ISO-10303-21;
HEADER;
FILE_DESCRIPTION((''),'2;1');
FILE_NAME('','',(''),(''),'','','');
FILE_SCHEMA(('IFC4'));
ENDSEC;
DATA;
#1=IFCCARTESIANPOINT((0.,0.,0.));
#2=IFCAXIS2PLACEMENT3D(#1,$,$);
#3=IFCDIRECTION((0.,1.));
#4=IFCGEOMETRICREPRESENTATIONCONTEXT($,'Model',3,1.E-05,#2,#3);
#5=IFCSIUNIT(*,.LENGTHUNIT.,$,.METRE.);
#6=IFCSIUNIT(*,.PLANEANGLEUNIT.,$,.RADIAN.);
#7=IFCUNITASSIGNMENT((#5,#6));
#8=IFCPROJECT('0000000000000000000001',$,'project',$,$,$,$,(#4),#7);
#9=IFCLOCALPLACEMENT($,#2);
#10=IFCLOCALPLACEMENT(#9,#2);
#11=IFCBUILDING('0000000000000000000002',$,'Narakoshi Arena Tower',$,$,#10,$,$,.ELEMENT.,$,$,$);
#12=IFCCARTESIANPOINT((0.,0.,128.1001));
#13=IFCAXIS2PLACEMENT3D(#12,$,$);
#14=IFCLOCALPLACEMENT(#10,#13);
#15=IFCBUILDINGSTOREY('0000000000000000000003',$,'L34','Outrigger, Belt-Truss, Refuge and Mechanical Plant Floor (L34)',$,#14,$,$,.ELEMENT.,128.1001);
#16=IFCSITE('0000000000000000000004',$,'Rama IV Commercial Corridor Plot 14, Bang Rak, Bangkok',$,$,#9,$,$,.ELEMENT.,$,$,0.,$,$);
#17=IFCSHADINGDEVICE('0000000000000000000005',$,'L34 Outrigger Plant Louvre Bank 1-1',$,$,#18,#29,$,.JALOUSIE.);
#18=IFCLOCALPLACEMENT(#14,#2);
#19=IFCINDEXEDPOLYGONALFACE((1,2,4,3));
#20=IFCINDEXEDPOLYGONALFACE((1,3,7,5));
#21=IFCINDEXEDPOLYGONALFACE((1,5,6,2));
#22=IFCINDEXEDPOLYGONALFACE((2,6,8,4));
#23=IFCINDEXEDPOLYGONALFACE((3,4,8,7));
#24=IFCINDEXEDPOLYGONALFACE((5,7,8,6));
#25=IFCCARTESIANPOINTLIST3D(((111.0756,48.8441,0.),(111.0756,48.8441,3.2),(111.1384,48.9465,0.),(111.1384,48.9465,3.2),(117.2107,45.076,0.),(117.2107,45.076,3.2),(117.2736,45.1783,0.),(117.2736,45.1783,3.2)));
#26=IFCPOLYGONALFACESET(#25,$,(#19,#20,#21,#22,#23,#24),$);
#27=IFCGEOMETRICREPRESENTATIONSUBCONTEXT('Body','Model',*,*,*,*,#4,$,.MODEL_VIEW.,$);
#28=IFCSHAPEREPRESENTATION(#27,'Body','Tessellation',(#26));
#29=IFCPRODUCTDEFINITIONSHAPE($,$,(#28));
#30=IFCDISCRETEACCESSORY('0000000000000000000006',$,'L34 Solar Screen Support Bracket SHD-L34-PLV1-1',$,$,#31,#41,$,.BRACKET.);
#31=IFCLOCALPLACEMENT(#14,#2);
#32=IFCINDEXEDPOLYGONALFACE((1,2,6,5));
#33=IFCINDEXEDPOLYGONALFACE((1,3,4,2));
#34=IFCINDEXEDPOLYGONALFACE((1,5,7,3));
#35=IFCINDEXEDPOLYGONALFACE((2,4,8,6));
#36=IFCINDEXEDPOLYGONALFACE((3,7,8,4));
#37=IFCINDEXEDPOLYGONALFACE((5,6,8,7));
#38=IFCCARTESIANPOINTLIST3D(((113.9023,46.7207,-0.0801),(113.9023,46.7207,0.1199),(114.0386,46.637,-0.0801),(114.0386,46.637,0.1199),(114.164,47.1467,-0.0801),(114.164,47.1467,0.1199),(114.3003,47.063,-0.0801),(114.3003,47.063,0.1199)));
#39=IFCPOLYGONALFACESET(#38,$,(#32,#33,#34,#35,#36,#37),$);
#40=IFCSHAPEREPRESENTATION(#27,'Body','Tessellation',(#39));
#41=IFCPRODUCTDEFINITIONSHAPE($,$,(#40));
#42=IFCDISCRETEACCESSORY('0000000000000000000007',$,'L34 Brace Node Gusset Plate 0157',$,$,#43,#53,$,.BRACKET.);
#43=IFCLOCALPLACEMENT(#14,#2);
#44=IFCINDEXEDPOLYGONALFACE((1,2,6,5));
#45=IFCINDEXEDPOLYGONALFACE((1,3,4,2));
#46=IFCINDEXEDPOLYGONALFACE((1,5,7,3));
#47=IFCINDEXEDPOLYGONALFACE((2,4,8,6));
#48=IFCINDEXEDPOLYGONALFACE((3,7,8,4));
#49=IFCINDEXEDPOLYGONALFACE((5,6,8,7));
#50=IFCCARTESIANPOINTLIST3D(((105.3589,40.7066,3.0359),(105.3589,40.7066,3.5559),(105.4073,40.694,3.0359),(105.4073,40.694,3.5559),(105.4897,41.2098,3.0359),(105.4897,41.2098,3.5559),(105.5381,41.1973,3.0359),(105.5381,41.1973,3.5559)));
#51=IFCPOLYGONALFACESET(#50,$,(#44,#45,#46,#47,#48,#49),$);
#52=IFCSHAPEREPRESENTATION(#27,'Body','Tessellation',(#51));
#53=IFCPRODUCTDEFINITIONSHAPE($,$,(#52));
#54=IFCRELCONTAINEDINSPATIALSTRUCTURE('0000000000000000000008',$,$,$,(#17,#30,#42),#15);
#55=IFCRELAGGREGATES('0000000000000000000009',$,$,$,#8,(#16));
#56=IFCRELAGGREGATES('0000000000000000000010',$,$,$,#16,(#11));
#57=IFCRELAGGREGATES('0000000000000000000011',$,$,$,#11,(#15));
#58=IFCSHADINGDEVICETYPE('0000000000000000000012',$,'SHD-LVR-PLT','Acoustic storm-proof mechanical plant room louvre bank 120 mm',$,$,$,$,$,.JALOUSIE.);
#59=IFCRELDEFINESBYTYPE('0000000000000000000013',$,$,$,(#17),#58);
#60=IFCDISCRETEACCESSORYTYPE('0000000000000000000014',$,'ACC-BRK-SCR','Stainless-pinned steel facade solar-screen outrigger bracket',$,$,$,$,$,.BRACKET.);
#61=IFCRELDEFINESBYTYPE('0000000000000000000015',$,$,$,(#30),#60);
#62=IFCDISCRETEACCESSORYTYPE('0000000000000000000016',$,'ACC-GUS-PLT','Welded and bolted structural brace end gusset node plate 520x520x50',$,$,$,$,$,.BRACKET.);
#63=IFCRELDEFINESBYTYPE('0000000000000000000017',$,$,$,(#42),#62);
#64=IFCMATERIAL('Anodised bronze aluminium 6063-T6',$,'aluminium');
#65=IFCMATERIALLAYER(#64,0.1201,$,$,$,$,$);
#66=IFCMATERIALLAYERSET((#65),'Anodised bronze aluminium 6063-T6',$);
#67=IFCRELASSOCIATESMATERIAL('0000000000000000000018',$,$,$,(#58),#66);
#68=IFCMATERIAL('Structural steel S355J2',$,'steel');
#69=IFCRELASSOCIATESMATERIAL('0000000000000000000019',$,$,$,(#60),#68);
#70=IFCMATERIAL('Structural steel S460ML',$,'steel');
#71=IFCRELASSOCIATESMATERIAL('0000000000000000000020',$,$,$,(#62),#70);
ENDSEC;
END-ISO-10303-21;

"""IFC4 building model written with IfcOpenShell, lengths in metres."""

from ifc_helpers import new_model, si_unit, direction, frame, origin, origin_2d, place, context, subcontext, project, spatial, rectangle, extrude, material, layer, layer_set, type_object, element, save


model = new_model("IFC4")

# Units and contexts
model_context = context("Model", 3, precision=1e-05, world=origin(), true_north=direction((0.0, 1.0)))
body_context = subcontext(model_context, "Body", "Model", "MODEL_VIEW")
ifc_project = project(units=[si_unit("LENGTHUNIT", "METRE"), si_unit("PLANEANGLEUNIT", "RADIAN")], contexts=[model_context])

# Site, building, storey
site_placement = place(None, origin())
site = spatial("IfcSite", under=ifc_project, at=site_placement, Name="Rama IV Commercial Corridor Plot 14, Bang Rak, Bangkok", CompositionType="ELEMENT", RefElevation=0.0)
building_placement = place(site_placement, origin())
building = spatial("IfcBuilding", under=site, at=building_placement, Name="Narakoshi Arena Tower", CompositionType="ELEMENT")
storey_placement = place(building_placement, frame((0.0, 0.0, 128.1001)))
storey = spatial("IfcBuildingStorey", under=building, at=storey_placement, Name="L34", Description="Outrigger, Belt-Truss, Refuge and Mechanical Plant Floor (L34)", CompositionType="ELEMENT", Elevation=128.1001)

# Shared definitions
ifc_material_1 = material(Name="Structural steel S460ML", Category="steel")

# Shared definitions
ifc_material_2 = material(Name="Anodised bronze aluminium 6063-T6", Category="aluminium")

# Shading device
ifc_layer_1 = layer(ifc_material_2, 0.1201)
ifc_layer_set_1 = layer_set([ifc_layer_1], Name="Anodised bronze aluminium 6063-T6")
shading_device_type = type_object("IfcShadingDeviceType", Name="SHD-LVR-PLT", Description="Acoustic storm-proof mechanical plant room louvre bank 120 mm", PredefinedType="JALOUSIE", material=ifc_layer_set_1)
shading_device_placement = place(storey_placement, frame((114.1746, 47.0112, 0.0), z_axis=(0.0, 0.0, 1.0), x_axis=(-0.852111, 0.523361, 0.0)))
element("IfcShadingDevice", 1, at=shading_device_placement, inside=storey, type_object=shading_device_type, Name="L34 Outrigger Plant Louvre Bank 1-1", PredefinedType="JALOUSIE", context=body_context, shape_type="SweptSolid", body=[
    extrude(rectangle(XDim=7.2, YDim=0.1201, at=origin_2d()), origin(), (0.0, 0.0, 1.0), 3.2),
])

# Discrete accessories
ifc_material_3 = material(Name="Structural steel S355J2", Category="steel")
discrete_accessory_type_1 = type_object("IfcDiscreteAccessoryType", Name="ACC-BRK-SCR", Description="Stainless-pinned steel facade solar-screen outrigger bracket", PredefinedType="BRACKET", material=ifc_material_3)
discrete_accessory_1_placement = place(storey_placement, frame((114.1013, 46.8918, -0.0801), z_axis=(0.0, 0.0, 1.0), x_axis=(-0.852111, 0.523361, 0.0)))
element("IfcDiscreteAccessory", 2, at=discrete_accessory_1_placement, inside=storey, type_object=discrete_accessory_type_1, Name="L34 Solar Screen Support Bracket SHD-L34-PLV1-1", PredefinedType="BRACKET", context=body_context, shape_type="SweptSolid", body=[
    extrude(rectangle(XDim=0.1599, YDim=0.5, at=origin_2d()), origin(), (0.0, 0.0, 1.0), 0.2),
])
discrete_accessory_type_2 = type_object("IfcDiscreteAccessoryType", Name="ACC-GUS-PLT", Description="Welded and bolted structural brace end gusset node plate 520x520x50", PredefinedType="BRACKET", material=ifc_material_1)
discrete_accessory_2_placement = place(storey_placement, frame((105.4485, 40.9519, 3.0359), z_axis=(0.0, 0.0, 1.0), x_axis=(0.251563, 0.967841, 0.0)))
element("IfcDiscreteAccessory", 3, at=discrete_accessory_2_placement, inside=storey, type_object=discrete_accessory_type_2, Name="L34 Brace Node Gusset Plate 0157", PredefinedType="BRACKET", context=body_context, shape_type="SweptSolid", body=[
    extrude(rectangle(XDim=0.52, YDim=0.05, at=origin_2d()), origin(), (0.0, 0.0, 1.0), 0.52),
])

save(model, "model.ifc")
